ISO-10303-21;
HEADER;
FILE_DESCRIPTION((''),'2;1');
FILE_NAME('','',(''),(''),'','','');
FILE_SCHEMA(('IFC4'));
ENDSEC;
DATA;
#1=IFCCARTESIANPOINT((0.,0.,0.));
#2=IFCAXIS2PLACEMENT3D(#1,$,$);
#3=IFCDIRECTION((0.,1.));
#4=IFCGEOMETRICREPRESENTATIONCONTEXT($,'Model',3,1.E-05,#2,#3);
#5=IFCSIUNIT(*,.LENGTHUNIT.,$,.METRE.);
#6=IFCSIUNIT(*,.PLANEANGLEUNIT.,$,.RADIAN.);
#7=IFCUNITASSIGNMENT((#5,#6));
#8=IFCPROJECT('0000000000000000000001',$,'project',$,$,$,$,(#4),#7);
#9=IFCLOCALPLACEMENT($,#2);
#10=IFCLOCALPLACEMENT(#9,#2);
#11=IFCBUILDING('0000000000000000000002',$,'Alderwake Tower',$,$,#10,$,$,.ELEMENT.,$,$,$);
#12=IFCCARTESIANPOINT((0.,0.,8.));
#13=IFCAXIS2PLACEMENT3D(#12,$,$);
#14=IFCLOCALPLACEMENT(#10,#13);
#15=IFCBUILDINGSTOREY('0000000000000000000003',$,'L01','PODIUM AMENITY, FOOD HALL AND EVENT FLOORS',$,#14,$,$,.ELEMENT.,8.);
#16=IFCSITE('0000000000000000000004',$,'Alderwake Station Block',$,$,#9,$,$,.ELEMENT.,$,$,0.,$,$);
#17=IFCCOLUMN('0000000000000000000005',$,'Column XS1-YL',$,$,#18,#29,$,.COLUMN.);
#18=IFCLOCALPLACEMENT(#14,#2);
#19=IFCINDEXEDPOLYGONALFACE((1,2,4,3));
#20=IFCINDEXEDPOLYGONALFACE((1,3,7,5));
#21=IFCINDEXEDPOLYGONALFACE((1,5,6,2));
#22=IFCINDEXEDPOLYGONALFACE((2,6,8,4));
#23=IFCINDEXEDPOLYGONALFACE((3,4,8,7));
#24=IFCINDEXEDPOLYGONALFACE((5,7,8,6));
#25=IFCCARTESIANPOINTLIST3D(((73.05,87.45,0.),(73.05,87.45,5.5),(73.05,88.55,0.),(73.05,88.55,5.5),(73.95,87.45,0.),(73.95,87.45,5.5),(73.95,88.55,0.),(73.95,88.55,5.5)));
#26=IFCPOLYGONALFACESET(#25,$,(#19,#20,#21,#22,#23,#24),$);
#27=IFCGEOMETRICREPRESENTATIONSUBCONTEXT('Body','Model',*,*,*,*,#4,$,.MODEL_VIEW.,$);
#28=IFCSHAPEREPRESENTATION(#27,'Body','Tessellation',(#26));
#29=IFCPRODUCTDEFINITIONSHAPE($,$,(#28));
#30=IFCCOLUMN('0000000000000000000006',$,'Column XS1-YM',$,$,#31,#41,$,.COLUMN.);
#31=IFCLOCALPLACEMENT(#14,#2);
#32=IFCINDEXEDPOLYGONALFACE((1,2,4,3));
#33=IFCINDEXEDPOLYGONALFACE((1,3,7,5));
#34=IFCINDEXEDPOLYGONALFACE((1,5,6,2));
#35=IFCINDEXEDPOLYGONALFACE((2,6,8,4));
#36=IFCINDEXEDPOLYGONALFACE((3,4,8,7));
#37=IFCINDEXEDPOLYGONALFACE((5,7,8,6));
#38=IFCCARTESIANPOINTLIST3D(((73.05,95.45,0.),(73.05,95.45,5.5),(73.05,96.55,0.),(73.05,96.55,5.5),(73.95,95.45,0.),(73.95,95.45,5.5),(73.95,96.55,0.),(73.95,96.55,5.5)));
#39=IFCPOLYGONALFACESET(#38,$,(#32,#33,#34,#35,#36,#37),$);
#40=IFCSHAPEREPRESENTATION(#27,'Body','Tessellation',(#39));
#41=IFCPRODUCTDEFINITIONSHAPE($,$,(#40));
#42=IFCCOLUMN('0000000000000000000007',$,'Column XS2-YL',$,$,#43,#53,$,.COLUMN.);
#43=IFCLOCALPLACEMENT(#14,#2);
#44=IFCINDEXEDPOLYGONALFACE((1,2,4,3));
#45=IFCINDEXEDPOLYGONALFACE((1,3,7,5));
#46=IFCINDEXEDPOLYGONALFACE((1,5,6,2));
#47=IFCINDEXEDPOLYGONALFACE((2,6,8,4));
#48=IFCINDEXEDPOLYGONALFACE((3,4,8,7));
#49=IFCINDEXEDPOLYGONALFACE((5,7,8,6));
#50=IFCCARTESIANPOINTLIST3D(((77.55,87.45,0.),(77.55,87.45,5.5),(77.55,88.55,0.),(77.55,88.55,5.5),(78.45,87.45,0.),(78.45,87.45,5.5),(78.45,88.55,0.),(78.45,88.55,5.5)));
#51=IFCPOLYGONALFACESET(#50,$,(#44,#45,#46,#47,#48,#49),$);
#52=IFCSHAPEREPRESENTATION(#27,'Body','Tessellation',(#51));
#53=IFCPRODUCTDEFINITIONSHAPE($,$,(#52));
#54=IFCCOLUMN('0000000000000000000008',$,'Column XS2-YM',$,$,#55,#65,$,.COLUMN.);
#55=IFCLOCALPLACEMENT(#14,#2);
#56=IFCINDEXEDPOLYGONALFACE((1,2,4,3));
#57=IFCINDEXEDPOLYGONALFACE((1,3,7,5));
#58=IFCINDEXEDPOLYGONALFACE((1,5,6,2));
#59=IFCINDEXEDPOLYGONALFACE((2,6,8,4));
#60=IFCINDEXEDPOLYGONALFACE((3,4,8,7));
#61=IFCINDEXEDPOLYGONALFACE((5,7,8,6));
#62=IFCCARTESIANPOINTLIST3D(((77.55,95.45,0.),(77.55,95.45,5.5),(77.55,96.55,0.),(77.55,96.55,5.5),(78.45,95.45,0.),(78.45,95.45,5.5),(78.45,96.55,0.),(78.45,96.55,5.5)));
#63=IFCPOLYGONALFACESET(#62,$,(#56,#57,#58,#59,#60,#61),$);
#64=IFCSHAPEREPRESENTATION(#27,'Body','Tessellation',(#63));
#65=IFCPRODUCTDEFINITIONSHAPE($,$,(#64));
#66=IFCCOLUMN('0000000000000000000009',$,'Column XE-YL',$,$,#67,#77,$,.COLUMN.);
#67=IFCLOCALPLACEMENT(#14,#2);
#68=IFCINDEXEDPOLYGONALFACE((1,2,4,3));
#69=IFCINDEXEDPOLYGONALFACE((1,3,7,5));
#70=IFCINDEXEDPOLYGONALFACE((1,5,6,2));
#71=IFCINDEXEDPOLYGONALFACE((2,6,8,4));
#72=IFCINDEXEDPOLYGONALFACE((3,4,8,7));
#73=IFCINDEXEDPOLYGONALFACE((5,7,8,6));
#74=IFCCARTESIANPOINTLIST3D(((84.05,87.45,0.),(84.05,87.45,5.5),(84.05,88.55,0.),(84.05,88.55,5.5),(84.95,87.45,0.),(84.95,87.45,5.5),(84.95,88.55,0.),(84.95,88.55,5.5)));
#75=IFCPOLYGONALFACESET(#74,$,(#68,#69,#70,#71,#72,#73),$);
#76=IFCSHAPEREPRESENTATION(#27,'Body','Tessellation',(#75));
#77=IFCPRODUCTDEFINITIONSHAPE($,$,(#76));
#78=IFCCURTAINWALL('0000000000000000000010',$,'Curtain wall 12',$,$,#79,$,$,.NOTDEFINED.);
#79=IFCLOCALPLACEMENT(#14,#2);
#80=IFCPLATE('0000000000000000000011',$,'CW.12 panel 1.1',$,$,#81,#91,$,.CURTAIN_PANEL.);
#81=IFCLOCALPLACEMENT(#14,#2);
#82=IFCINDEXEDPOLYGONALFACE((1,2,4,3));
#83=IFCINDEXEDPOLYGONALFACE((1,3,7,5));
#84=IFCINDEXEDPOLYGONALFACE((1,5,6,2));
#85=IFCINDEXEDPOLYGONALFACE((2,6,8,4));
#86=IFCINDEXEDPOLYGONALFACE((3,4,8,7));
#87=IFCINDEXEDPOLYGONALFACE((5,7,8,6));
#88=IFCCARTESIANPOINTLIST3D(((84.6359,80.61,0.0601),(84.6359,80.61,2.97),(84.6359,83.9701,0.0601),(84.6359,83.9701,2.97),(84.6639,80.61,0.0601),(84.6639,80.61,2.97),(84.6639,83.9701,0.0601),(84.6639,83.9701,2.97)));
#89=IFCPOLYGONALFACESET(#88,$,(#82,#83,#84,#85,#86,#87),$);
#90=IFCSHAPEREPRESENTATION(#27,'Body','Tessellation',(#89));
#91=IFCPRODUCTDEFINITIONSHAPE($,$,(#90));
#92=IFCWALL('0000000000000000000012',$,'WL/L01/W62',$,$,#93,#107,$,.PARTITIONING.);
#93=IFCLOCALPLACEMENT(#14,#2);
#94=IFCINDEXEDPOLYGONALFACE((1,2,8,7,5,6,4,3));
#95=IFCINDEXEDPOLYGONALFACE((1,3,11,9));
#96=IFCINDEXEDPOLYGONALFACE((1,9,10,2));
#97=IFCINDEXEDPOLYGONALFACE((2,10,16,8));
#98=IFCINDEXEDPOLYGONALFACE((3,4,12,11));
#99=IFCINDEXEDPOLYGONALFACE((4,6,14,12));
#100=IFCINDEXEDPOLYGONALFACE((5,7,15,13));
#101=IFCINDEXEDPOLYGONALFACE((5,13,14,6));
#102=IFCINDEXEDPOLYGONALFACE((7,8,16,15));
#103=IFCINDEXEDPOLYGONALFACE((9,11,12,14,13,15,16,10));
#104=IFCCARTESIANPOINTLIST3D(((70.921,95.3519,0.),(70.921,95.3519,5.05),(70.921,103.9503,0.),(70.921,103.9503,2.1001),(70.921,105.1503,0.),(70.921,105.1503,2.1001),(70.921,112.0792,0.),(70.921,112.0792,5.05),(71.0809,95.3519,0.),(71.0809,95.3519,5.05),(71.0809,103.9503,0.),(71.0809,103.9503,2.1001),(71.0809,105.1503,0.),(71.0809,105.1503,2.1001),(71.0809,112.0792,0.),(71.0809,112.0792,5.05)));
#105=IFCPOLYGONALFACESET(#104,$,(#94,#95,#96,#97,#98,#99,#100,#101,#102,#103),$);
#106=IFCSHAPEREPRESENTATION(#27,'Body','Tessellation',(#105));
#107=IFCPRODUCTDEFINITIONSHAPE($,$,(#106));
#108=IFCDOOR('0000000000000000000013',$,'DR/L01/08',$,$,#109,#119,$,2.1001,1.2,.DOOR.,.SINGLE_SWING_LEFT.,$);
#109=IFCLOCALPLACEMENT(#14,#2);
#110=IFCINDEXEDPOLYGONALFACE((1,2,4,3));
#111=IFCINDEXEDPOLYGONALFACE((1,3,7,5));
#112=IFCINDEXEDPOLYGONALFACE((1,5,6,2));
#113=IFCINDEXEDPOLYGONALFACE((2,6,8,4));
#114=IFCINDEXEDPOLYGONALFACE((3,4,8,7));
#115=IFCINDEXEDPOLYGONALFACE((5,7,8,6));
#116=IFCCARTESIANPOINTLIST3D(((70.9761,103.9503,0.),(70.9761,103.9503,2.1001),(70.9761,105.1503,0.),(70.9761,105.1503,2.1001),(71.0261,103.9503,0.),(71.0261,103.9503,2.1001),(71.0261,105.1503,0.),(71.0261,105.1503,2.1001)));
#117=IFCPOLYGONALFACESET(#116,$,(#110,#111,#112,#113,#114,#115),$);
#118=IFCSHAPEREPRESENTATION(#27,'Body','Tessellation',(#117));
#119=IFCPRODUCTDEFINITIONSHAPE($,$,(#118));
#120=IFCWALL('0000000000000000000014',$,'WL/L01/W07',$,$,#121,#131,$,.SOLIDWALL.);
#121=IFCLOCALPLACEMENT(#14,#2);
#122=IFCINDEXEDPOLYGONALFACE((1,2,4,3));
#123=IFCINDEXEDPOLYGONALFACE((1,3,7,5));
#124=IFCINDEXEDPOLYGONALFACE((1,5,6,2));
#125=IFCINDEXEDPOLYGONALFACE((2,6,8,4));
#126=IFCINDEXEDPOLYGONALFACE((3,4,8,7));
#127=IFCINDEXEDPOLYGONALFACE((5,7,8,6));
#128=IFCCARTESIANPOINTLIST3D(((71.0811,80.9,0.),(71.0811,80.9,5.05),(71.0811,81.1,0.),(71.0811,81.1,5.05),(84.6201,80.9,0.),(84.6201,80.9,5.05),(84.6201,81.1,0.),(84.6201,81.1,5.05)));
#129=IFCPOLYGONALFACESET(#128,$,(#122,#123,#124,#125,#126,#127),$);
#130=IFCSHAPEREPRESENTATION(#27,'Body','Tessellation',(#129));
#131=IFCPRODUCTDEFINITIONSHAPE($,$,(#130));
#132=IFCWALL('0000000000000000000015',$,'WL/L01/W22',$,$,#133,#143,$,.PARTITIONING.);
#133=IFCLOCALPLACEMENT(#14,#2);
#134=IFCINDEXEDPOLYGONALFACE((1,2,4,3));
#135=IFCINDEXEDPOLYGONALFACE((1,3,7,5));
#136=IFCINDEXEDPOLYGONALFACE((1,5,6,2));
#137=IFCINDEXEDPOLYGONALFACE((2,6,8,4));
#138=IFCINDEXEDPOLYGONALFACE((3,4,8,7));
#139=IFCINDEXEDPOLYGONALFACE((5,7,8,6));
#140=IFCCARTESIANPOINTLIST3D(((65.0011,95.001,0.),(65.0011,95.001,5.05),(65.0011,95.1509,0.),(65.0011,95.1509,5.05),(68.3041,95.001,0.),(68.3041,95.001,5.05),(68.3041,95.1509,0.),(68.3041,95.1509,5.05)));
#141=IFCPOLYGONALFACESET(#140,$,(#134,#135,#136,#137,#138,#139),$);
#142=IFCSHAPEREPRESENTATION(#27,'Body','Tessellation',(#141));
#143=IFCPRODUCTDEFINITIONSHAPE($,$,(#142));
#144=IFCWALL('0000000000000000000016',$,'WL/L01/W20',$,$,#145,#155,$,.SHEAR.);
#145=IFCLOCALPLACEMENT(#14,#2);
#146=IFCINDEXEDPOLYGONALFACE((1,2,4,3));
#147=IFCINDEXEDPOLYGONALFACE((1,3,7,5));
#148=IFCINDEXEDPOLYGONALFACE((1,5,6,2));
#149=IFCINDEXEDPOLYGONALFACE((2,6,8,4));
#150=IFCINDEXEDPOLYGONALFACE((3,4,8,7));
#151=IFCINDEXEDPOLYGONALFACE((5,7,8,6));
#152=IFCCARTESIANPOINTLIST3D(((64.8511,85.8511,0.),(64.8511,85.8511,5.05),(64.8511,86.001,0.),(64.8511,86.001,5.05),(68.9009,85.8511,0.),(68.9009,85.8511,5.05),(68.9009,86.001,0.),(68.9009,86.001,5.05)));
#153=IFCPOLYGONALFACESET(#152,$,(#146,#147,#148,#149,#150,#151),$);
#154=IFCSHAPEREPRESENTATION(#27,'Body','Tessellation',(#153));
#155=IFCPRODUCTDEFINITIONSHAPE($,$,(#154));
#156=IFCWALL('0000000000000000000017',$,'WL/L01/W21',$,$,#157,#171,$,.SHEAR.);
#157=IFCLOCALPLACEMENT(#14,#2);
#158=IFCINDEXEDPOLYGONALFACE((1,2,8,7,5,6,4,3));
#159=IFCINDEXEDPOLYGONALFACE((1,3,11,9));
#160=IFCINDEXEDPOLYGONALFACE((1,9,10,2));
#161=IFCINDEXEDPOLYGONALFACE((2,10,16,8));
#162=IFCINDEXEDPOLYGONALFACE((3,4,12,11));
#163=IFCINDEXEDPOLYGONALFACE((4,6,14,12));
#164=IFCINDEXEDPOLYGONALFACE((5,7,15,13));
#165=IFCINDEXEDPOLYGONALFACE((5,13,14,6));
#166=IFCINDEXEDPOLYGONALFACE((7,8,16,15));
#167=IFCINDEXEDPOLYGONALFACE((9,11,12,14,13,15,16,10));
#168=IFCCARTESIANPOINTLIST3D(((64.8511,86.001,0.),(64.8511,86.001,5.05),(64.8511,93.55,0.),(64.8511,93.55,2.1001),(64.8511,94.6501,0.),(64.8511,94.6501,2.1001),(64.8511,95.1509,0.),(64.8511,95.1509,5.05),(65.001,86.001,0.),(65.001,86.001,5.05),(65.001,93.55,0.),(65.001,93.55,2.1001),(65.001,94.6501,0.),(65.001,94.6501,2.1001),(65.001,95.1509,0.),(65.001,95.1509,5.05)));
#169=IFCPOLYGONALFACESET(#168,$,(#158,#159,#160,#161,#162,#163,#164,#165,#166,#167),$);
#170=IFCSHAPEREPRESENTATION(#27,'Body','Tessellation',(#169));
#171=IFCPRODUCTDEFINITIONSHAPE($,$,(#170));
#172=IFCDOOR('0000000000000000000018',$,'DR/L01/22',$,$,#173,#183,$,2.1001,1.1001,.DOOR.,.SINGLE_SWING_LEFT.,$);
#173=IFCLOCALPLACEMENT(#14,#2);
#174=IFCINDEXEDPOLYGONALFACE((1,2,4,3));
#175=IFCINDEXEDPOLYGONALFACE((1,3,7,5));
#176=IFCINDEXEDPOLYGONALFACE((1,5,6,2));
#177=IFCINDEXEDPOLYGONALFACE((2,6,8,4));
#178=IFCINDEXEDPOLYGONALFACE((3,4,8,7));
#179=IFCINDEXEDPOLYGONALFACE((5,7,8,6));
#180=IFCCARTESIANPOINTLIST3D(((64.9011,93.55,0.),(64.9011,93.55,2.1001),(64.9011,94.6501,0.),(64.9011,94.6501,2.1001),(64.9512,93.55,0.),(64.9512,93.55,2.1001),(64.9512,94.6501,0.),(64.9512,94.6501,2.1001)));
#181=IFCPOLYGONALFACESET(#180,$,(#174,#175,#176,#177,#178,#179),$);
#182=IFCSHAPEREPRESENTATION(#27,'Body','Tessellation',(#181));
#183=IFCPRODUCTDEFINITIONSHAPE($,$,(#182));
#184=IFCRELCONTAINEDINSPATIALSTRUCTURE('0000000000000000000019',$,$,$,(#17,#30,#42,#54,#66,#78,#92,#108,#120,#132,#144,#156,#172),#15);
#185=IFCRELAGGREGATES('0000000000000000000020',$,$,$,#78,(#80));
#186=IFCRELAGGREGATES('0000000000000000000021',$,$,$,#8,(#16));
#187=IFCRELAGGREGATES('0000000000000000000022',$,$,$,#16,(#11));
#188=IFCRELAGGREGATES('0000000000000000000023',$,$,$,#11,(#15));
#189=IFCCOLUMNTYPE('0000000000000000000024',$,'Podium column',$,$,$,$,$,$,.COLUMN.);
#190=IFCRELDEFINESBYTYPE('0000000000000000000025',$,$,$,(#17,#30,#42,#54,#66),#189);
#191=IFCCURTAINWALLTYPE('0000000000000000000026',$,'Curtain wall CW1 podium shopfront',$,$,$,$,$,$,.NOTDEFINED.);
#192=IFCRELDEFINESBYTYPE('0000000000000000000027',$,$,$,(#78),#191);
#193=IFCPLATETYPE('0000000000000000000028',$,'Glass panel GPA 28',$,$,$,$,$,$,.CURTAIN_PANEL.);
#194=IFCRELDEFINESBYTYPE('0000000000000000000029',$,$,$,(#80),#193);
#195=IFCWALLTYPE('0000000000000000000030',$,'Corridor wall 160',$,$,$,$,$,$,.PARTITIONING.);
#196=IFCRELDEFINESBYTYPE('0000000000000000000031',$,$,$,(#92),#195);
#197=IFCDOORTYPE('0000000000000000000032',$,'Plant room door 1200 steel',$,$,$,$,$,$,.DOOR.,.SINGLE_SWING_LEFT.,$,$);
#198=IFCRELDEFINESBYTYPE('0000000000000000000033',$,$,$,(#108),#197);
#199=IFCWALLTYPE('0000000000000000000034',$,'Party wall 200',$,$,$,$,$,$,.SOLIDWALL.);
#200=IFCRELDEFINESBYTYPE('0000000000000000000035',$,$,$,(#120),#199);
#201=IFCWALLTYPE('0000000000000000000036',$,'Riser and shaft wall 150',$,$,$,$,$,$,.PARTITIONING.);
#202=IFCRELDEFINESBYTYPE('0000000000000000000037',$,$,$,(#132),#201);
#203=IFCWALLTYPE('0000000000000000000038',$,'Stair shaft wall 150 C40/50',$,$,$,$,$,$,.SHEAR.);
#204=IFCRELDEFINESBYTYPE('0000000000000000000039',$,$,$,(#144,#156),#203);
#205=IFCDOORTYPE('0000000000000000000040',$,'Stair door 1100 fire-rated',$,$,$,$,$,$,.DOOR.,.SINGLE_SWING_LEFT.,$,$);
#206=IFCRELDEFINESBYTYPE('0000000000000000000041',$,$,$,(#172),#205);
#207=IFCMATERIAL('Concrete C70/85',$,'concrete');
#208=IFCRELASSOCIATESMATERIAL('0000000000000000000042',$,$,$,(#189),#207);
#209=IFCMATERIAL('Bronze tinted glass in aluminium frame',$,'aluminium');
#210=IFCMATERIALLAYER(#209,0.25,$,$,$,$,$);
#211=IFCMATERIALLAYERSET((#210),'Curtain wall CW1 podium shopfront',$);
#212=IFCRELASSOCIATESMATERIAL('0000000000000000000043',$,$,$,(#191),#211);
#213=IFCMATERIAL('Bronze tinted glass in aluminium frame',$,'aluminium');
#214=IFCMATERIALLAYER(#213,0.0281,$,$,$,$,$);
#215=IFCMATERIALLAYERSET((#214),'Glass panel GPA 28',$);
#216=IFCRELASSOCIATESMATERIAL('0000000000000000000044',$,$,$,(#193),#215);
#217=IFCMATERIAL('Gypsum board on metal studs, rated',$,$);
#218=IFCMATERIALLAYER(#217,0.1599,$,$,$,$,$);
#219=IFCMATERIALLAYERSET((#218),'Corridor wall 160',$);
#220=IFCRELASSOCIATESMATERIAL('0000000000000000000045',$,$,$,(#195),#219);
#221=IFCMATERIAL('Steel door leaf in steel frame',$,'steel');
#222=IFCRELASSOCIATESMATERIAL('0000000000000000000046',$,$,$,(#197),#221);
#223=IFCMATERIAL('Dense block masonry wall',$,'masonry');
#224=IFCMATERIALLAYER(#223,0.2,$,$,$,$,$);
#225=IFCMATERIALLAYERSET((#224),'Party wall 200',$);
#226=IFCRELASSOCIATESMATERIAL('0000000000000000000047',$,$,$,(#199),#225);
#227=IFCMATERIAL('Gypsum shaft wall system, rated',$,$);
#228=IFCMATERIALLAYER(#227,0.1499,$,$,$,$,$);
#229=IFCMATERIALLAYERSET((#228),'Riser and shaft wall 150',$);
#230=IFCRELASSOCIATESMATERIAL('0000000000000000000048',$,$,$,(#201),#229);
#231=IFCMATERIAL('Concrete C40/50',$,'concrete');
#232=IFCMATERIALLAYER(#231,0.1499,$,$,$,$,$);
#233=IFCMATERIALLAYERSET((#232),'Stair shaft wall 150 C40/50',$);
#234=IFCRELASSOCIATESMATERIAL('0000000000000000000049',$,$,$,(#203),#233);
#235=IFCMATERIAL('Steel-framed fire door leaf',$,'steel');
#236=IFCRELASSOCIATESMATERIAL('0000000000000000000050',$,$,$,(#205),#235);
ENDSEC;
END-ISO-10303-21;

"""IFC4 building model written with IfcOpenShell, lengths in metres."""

from ifc_helpers import new_model, si_unit, direction, frame, frame_2d, origin, origin_2d, place, context, subcontext, project, spatial, rectangle, extrude, material, layer, layer_set, material_profile, profile_set, type_object, element, fill, aggregate, save


model = new_model("IFC4")

# Units and contexts
model_context = context("Model", 3, precision=1e-05, world=origin(), true_north=direction((0.0, 1.0)))
body_context = subcontext(model_context, "Body", "Model", "MODEL_VIEW")
ifc_project = project(units=[si_unit("LENGTHUNIT", "METRE"), si_unit("PLANEANGLEUNIT", "RADIAN")], contexts=[model_context])

# Site, building, storey
site_placement = place(None, origin())
site = spatial("IfcSite", under=ifc_project, at=site_placement, Name="Alderwake Station Block", CompositionType="ELEMENT", RefElevation=0.0)
building_placement = place(site_placement, origin())
building = spatial("IfcBuilding", under=site, at=building_placement, Name="Alderwake Tower", CompositionType="ELEMENT")
storey_placement = place(building_placement, frame((0.0, 0.0, 8.0)))
storey = spatial("IfcBuildingStorey", under=building, at=storey_placement, Name="L01", Description="PODIUM AMENITY, FOOD HALL AND EVENT FLOORS", CompositionType="ELEMENT", Elevation=8.0)

# Columns
ifc_material_1 = material(Name="Concrete C70/85", Category="concrete")
ifc_material_profile = material_profile(ifc_material_1, rectangle(XDim=0.8999, YDim=1.1001, at=origin_2d()), Name="RC 1100X900")
ifc_profile_set = profile_set([ifc_material_profile], Name="Concrete C70/85")
column_type = type_object("IfcColumnType", Name="Podium column", PredefinedType="COLUMN", material=ifc_profile_set)
for number, where, z_axis, x_axis, name in (
    (1, (73.5, 88.0, 0.0), (0.0, 0.0, 1.0), (1.0, 0.0, 0.0), "Column XS1-YL"),
    (2, (73.5, 96.0, 0.0), (0.0, 0.0, 1.0), (1.0, 0.0, 0.0), "Column XS1-YM"),
    (3, (78.0, 88.0, 0.0), (0.0, 0.0, 1.0), (1.0, 0.0, 0.0), "Column XS2-YL"),
    (4, (78.0, 96.0, 0.0), (0.0, 0.0, 1.0), (1.0, 0.0, 0.0), "Column XS2-YM"),
    (5, (84.5, 88.0, 0.0), (0.0, 0.0, 1.0), (1.0, 0.0, 0.0), "Column XE-YL"),
):
    element("IfcColumn", number, at=place(storey_placement, frame(where, z_axis=z_axis, x_axis=x_axis)), inside=storey, type_object=column_type, Name=name, PredefinedType="COLUMN", context=body_context, shape_type="SweptSolid", body=[
        extrude(rectangle(XDim=0.8999, YDim=1.1001, at=origin_2d()), origin(), (0.0, 0.0, 1.0), 5.5),
    ])

# Curtain wall, plate
ifc_material_2 = material(Name="Bronze tinted glass in aluminium frame", Category="aluminium")
ifc_layer_1 = layer(ifc_material_2, 0.25)
ifc_layer_set_1 = layer_set([ifc_layer_1], Name="Curtain wall CW1 podium shopfront")
curtain_wall_type = type_object("IfcCurtainWallType", Name="Curtain wall CW1 podium shopfront", PredefinedType="NOTDEFINED", material=ifc_layer_set_1)
curtain_wall_placement = place(storey_placement, origin())
curtain_wall = element("IfcCurtainWall", 6, at=curtain_wall_placement, inside=storey, type_object=curtain_wall_type, Name="Curtain wall 12", PredefinedType="NOTDEFINED")
ifc_material_3 = material(Name="Bronze tinted glass in aluminium frame", Category="aluminium")
ifc_layer_2 = layer(ifc_material_3, 0.0281)
ifc_layer_set_2 = layer_set([ifc_layer_2], Name="Glass panel GPA 28")
plate_type = type_object("IfcPlateType", Name="Glass panel GPA 28", PredefinedType="CURTAIN_PANEL", material=ifc_layer_set_2)
plate_placement = place(storey_placement, frame((84.6499, 82.29, 0.0601), z_axis=(0.0, 0.0, 1.0), x_axis=(0.0, 1.0, 0.0)))
plate = element("IfcPlate", 7, at=plate_placement, type_object=plate_type, Name="CW.12 panel 1.1", PredefinedType="CURTAIN_PANEL", context=body_context, shape_type="SweptSolid", body=[
    extrude(rectangle(XDim=3.3601, YDim=0.0281, at=origin_2d()), origin(), (0.0, 0.0, 1.0), 2.9099),
])
aggregate(curtain_wall, [plate])

# Wall, opening, door
ifc_material_4 = material(Name="Gypsum board on metal studs, rated")
ifc_layer_3 = layer(ifc_material_4, 0.1599)
ifc_layer_set_3 = layer_set([ifc_layer_3], Name="Corridor wall 160")
wall_type_1 = type_object("IfcWallType", Name="Corridor wall 160", PredefinedType="PARTITIONING", material=ifc_layer_set_3)
wall_1_placement = place(storey_placement, frame((71.001, 95.3518, 0.0), z_axis=(0.0, 0.0, 1.0), x_axis=(0.0, 1.0, 0.0)))
wall_1 = element("IfcWall", 8, at=wall_1_placement, inside=storey, type_object=wall_type_1, Name="WL/L01/W62", PredefinedType="PARTITIONING", context=body_context, shape_type="SweptSolid", body=[
    extrude(rectangle(XDim=16.7273, YDim=0.1599, at=frame_2d((8.3638, 0.0))), origin(), (0.0, 0.0, 1.0), 5.05),
])
opening_1_placement = place(wall_1_placement, frame((8.5984, 0.0, 0.0)))
opening_1 = element("IfcOpeningElement", 9, at=opening_1_placement, cuts=wall_1, PredefinedType="OPENING", context=body_context, shape_type="SweptSolid", body=[
    extrude(rectangle(XDim=1.2, YDim=2.1001, at=frame_2d((0.6001, 1.05))), frame((0.0, 0.0898, 0.0), z_axis=(0.0, -1.0, 0.0), x_axis=(1.0, 0.0, 0.0)), (0.0, 0.0, 1.0), 0.1799),
])
ifc_material_5 = material(Name="Steel door leaf in steel frame", Category="steel")
door_type_1 = type_object("IfcDoorType", Name="Plant room door 1200 steel", OperationType="SINGLE_SWING_LEFT", PredefinedType="DOOR", material=ifc_material_5)
door_1_placement = place(opening_1_placement, origin())
door_1 = element("IfcDoor", 10, at=door_1_placement, inside=storey, type_object=door_type_1, Name="DR/L01/08", OperationType="SINGLE_SWING_LEFT", OverallHeight=2.1001, OverallWidth=1.2, PredefinedType="DOOR", context=body_context, shape_type="SweptSolid", body=[
    extrude(rectangle(XDim=1.2, YDim=2.1001, at=frame_2d((0.6001, 1.05))), frame((0.0, 0.0249, 0.0), z_axis=(0.0, -1.0, 0.0), x_axis=(1.0, 0.0, 0.0)), (0.0, 0.0, 1.0), 0.05),
])
fill(opening_1, door_1)

# Walls
ifc_material_6 = material(Name="Dense block masonry wall", Category="masonry")
ifc_layer_4 = layer(ifc_material_6, 0.2)
ifc_layer_set_4 = layer_set([ifc_layer_4], Name="Party wall 200")
wall_type_2 = type_object("IfcWallType", Name="Party wall 200", PredefinedType="SOLIDWALL", material=ifc_layer_set_4)
wall_2_placement = place(storey_placement, frame((84.6201, 81.0, 0.0), z_axis=(0.0, 0.0, 1.0), x_axis=(-1.0, 0.0, 0.0)))
element("IfcWall", 11, at=wall_2_placement, inside=storey, type_object=wall_type_2, Name="WL/L01/W07", PredefinedType="SOLIDWALL", context=body_context, shape_type="SweptSolid", body=[
    extrude(rectangle(XDim=13.5391, YDim=0.2, at=frame_2d((6.7695, 0.0))), origin(), (0.0, 0.0, 1.0), 5.05),
])
ifc_material_7 = material(Name="Gypsum shaft wall system, rated")
ifc_layer_5 = layer(ifc_material_7, 0.1499)
ifc_layer_set_5 = layer_set([ifc_layer_5], Name="Riser and shaft wall 150")
wall_type_3 = type_object("IfcWallType", Name="Riser and shaft wall 150", PredefinedType="PARTITIONING", material=ifc_layer_set_5)
wall_3_placement = place(storey_placement, frame((68.304, 95.0759, 0.0), z_axis=(0.0, 0.0, 1.0), x_axis=(-1.0, 0.0, 0.0)))
element("IfcWall", 12, at=wall_3_placement, inside=storey, type_object=wall_type_3, Name="WL/L01/W22", PredefinedType="PARTITIONING", context=body_context, shape_type="SweptSolid", body=[
    extrude(rectangle(XDim=3.303, YDim=0.1499, at=frame_2d((1.6514, 0.0))), origin(), (0.0, 0.0, 1.0), 5.05),
])
ifc_material_8 = material(Name="Concrete C40/50", Category="concrete")
ifc_layer_6 = layer(ifc_material_8, 0.1499)
ifc_layer_set_6 = layer_set([ifc_layer_6], Name="Stair shaft wall 150 C40/50")
wall_type_4 = type_object("IfcWallType", Name="Stair shaft wall 150 C40/50", PredefinedType="SHEAR", material=ifc_layer_set_6)
wall_4_placement = place(storey_placement, frame((64.8511, 85.926, 0.0), z_axis=(0.0, 0.0, 1.0), x_axis=(1.0, 0.0, 0.0)))
element("IfcWall", 13, at=wall_4_placement, inside=storey, type_object=wall_type_4, Name="WL/L01/W20", PredefinedType="SHEAR", context=body_context, shape_type="SweptSolid", body=[
    extrude(rectangle(XDim=4.0498, YDim=0.1499, at=frame_2d((2.0249, 0.0))), origin(), (0.0, 0.0, 1.0), 5.05),
])

# Wall, opening, door
wall_5_placement = place(storey_placement, frame((64.926, 86.001, 0.0), z_axis=(0.0, 0.0, 1.0), x_axis=(0.0, 1.0, 0.0)))
wall_5 = element("IfcWall", 14, at=wall_5_placement, inside=storey, type_object=wall_type_4, Name="WL/L01/W21", PredefinedType="SHEAR", context=body_context, shape_type="SweptSolid", body=[
    extrude(rectangle(XDim=9.1499, YDim=0.1499, at=frame_2d((4.575, 0.0))), origin(), (0.0, 0.0, 1.0), 5.05),
])
opening_2_placement = place(wall_5_placement, frame((7.5491, 0.0, 0.0)))
opening_2 = element("IfcOpeningElement", 15, at=opening_2_placement, cuts=wall_5, PredefinedType="OPENING", context=body_context, shape_type="SweptSolid", body=[
    extrude(rectangle(XDim=1.1001, YDim=2.1001, at=frame_2d((0.55, 1.05))), frame((0.0, 0.085, 0.0), z_axis=(0.0, -1.0, 0.0), x_axis=(1.0, 0.0, 0.0)), (0.0, 0.0, 1.0), 0.1699),
])
ifc_material_9 = material(Name="Steel-framed fire door leaf", Category="steel")
door_type_2 = type_object("IfcDoorType", Name="Stair door 1100 fire-rated", OperationType="SINGLE_SWING_LEFT", PredefinedType="DOOR", material=ifc_material_9)
door_2_placement = place(opening_2_placement, origin())
door_2 = element("IfcDoor", 16, at=door_2_placement, inside=storey, type_object=door_type_2, Name="DR/L01/22", OperationType="SINGLE_SWING_LEFT", OverallHeight=2.1001, OverallWidth=1.1001, PredefinedType="DOOR", context=body_context, shape_type="SweptSolid", body=[
    extrude(rectangle(XDim=1.1001, YDim=2.1001, at=frame_2d((0.55, 1.05))), frame((0.0, 0.0249, 0.0), z_axis=(0.0, -1.0, 0.0), x_axis=(1.0, 0.0, 0.0)), (0.0, 0.0, 1.0), 0.05),
])
fill(opening_2, door_2)

save(model, "model.ifc")
